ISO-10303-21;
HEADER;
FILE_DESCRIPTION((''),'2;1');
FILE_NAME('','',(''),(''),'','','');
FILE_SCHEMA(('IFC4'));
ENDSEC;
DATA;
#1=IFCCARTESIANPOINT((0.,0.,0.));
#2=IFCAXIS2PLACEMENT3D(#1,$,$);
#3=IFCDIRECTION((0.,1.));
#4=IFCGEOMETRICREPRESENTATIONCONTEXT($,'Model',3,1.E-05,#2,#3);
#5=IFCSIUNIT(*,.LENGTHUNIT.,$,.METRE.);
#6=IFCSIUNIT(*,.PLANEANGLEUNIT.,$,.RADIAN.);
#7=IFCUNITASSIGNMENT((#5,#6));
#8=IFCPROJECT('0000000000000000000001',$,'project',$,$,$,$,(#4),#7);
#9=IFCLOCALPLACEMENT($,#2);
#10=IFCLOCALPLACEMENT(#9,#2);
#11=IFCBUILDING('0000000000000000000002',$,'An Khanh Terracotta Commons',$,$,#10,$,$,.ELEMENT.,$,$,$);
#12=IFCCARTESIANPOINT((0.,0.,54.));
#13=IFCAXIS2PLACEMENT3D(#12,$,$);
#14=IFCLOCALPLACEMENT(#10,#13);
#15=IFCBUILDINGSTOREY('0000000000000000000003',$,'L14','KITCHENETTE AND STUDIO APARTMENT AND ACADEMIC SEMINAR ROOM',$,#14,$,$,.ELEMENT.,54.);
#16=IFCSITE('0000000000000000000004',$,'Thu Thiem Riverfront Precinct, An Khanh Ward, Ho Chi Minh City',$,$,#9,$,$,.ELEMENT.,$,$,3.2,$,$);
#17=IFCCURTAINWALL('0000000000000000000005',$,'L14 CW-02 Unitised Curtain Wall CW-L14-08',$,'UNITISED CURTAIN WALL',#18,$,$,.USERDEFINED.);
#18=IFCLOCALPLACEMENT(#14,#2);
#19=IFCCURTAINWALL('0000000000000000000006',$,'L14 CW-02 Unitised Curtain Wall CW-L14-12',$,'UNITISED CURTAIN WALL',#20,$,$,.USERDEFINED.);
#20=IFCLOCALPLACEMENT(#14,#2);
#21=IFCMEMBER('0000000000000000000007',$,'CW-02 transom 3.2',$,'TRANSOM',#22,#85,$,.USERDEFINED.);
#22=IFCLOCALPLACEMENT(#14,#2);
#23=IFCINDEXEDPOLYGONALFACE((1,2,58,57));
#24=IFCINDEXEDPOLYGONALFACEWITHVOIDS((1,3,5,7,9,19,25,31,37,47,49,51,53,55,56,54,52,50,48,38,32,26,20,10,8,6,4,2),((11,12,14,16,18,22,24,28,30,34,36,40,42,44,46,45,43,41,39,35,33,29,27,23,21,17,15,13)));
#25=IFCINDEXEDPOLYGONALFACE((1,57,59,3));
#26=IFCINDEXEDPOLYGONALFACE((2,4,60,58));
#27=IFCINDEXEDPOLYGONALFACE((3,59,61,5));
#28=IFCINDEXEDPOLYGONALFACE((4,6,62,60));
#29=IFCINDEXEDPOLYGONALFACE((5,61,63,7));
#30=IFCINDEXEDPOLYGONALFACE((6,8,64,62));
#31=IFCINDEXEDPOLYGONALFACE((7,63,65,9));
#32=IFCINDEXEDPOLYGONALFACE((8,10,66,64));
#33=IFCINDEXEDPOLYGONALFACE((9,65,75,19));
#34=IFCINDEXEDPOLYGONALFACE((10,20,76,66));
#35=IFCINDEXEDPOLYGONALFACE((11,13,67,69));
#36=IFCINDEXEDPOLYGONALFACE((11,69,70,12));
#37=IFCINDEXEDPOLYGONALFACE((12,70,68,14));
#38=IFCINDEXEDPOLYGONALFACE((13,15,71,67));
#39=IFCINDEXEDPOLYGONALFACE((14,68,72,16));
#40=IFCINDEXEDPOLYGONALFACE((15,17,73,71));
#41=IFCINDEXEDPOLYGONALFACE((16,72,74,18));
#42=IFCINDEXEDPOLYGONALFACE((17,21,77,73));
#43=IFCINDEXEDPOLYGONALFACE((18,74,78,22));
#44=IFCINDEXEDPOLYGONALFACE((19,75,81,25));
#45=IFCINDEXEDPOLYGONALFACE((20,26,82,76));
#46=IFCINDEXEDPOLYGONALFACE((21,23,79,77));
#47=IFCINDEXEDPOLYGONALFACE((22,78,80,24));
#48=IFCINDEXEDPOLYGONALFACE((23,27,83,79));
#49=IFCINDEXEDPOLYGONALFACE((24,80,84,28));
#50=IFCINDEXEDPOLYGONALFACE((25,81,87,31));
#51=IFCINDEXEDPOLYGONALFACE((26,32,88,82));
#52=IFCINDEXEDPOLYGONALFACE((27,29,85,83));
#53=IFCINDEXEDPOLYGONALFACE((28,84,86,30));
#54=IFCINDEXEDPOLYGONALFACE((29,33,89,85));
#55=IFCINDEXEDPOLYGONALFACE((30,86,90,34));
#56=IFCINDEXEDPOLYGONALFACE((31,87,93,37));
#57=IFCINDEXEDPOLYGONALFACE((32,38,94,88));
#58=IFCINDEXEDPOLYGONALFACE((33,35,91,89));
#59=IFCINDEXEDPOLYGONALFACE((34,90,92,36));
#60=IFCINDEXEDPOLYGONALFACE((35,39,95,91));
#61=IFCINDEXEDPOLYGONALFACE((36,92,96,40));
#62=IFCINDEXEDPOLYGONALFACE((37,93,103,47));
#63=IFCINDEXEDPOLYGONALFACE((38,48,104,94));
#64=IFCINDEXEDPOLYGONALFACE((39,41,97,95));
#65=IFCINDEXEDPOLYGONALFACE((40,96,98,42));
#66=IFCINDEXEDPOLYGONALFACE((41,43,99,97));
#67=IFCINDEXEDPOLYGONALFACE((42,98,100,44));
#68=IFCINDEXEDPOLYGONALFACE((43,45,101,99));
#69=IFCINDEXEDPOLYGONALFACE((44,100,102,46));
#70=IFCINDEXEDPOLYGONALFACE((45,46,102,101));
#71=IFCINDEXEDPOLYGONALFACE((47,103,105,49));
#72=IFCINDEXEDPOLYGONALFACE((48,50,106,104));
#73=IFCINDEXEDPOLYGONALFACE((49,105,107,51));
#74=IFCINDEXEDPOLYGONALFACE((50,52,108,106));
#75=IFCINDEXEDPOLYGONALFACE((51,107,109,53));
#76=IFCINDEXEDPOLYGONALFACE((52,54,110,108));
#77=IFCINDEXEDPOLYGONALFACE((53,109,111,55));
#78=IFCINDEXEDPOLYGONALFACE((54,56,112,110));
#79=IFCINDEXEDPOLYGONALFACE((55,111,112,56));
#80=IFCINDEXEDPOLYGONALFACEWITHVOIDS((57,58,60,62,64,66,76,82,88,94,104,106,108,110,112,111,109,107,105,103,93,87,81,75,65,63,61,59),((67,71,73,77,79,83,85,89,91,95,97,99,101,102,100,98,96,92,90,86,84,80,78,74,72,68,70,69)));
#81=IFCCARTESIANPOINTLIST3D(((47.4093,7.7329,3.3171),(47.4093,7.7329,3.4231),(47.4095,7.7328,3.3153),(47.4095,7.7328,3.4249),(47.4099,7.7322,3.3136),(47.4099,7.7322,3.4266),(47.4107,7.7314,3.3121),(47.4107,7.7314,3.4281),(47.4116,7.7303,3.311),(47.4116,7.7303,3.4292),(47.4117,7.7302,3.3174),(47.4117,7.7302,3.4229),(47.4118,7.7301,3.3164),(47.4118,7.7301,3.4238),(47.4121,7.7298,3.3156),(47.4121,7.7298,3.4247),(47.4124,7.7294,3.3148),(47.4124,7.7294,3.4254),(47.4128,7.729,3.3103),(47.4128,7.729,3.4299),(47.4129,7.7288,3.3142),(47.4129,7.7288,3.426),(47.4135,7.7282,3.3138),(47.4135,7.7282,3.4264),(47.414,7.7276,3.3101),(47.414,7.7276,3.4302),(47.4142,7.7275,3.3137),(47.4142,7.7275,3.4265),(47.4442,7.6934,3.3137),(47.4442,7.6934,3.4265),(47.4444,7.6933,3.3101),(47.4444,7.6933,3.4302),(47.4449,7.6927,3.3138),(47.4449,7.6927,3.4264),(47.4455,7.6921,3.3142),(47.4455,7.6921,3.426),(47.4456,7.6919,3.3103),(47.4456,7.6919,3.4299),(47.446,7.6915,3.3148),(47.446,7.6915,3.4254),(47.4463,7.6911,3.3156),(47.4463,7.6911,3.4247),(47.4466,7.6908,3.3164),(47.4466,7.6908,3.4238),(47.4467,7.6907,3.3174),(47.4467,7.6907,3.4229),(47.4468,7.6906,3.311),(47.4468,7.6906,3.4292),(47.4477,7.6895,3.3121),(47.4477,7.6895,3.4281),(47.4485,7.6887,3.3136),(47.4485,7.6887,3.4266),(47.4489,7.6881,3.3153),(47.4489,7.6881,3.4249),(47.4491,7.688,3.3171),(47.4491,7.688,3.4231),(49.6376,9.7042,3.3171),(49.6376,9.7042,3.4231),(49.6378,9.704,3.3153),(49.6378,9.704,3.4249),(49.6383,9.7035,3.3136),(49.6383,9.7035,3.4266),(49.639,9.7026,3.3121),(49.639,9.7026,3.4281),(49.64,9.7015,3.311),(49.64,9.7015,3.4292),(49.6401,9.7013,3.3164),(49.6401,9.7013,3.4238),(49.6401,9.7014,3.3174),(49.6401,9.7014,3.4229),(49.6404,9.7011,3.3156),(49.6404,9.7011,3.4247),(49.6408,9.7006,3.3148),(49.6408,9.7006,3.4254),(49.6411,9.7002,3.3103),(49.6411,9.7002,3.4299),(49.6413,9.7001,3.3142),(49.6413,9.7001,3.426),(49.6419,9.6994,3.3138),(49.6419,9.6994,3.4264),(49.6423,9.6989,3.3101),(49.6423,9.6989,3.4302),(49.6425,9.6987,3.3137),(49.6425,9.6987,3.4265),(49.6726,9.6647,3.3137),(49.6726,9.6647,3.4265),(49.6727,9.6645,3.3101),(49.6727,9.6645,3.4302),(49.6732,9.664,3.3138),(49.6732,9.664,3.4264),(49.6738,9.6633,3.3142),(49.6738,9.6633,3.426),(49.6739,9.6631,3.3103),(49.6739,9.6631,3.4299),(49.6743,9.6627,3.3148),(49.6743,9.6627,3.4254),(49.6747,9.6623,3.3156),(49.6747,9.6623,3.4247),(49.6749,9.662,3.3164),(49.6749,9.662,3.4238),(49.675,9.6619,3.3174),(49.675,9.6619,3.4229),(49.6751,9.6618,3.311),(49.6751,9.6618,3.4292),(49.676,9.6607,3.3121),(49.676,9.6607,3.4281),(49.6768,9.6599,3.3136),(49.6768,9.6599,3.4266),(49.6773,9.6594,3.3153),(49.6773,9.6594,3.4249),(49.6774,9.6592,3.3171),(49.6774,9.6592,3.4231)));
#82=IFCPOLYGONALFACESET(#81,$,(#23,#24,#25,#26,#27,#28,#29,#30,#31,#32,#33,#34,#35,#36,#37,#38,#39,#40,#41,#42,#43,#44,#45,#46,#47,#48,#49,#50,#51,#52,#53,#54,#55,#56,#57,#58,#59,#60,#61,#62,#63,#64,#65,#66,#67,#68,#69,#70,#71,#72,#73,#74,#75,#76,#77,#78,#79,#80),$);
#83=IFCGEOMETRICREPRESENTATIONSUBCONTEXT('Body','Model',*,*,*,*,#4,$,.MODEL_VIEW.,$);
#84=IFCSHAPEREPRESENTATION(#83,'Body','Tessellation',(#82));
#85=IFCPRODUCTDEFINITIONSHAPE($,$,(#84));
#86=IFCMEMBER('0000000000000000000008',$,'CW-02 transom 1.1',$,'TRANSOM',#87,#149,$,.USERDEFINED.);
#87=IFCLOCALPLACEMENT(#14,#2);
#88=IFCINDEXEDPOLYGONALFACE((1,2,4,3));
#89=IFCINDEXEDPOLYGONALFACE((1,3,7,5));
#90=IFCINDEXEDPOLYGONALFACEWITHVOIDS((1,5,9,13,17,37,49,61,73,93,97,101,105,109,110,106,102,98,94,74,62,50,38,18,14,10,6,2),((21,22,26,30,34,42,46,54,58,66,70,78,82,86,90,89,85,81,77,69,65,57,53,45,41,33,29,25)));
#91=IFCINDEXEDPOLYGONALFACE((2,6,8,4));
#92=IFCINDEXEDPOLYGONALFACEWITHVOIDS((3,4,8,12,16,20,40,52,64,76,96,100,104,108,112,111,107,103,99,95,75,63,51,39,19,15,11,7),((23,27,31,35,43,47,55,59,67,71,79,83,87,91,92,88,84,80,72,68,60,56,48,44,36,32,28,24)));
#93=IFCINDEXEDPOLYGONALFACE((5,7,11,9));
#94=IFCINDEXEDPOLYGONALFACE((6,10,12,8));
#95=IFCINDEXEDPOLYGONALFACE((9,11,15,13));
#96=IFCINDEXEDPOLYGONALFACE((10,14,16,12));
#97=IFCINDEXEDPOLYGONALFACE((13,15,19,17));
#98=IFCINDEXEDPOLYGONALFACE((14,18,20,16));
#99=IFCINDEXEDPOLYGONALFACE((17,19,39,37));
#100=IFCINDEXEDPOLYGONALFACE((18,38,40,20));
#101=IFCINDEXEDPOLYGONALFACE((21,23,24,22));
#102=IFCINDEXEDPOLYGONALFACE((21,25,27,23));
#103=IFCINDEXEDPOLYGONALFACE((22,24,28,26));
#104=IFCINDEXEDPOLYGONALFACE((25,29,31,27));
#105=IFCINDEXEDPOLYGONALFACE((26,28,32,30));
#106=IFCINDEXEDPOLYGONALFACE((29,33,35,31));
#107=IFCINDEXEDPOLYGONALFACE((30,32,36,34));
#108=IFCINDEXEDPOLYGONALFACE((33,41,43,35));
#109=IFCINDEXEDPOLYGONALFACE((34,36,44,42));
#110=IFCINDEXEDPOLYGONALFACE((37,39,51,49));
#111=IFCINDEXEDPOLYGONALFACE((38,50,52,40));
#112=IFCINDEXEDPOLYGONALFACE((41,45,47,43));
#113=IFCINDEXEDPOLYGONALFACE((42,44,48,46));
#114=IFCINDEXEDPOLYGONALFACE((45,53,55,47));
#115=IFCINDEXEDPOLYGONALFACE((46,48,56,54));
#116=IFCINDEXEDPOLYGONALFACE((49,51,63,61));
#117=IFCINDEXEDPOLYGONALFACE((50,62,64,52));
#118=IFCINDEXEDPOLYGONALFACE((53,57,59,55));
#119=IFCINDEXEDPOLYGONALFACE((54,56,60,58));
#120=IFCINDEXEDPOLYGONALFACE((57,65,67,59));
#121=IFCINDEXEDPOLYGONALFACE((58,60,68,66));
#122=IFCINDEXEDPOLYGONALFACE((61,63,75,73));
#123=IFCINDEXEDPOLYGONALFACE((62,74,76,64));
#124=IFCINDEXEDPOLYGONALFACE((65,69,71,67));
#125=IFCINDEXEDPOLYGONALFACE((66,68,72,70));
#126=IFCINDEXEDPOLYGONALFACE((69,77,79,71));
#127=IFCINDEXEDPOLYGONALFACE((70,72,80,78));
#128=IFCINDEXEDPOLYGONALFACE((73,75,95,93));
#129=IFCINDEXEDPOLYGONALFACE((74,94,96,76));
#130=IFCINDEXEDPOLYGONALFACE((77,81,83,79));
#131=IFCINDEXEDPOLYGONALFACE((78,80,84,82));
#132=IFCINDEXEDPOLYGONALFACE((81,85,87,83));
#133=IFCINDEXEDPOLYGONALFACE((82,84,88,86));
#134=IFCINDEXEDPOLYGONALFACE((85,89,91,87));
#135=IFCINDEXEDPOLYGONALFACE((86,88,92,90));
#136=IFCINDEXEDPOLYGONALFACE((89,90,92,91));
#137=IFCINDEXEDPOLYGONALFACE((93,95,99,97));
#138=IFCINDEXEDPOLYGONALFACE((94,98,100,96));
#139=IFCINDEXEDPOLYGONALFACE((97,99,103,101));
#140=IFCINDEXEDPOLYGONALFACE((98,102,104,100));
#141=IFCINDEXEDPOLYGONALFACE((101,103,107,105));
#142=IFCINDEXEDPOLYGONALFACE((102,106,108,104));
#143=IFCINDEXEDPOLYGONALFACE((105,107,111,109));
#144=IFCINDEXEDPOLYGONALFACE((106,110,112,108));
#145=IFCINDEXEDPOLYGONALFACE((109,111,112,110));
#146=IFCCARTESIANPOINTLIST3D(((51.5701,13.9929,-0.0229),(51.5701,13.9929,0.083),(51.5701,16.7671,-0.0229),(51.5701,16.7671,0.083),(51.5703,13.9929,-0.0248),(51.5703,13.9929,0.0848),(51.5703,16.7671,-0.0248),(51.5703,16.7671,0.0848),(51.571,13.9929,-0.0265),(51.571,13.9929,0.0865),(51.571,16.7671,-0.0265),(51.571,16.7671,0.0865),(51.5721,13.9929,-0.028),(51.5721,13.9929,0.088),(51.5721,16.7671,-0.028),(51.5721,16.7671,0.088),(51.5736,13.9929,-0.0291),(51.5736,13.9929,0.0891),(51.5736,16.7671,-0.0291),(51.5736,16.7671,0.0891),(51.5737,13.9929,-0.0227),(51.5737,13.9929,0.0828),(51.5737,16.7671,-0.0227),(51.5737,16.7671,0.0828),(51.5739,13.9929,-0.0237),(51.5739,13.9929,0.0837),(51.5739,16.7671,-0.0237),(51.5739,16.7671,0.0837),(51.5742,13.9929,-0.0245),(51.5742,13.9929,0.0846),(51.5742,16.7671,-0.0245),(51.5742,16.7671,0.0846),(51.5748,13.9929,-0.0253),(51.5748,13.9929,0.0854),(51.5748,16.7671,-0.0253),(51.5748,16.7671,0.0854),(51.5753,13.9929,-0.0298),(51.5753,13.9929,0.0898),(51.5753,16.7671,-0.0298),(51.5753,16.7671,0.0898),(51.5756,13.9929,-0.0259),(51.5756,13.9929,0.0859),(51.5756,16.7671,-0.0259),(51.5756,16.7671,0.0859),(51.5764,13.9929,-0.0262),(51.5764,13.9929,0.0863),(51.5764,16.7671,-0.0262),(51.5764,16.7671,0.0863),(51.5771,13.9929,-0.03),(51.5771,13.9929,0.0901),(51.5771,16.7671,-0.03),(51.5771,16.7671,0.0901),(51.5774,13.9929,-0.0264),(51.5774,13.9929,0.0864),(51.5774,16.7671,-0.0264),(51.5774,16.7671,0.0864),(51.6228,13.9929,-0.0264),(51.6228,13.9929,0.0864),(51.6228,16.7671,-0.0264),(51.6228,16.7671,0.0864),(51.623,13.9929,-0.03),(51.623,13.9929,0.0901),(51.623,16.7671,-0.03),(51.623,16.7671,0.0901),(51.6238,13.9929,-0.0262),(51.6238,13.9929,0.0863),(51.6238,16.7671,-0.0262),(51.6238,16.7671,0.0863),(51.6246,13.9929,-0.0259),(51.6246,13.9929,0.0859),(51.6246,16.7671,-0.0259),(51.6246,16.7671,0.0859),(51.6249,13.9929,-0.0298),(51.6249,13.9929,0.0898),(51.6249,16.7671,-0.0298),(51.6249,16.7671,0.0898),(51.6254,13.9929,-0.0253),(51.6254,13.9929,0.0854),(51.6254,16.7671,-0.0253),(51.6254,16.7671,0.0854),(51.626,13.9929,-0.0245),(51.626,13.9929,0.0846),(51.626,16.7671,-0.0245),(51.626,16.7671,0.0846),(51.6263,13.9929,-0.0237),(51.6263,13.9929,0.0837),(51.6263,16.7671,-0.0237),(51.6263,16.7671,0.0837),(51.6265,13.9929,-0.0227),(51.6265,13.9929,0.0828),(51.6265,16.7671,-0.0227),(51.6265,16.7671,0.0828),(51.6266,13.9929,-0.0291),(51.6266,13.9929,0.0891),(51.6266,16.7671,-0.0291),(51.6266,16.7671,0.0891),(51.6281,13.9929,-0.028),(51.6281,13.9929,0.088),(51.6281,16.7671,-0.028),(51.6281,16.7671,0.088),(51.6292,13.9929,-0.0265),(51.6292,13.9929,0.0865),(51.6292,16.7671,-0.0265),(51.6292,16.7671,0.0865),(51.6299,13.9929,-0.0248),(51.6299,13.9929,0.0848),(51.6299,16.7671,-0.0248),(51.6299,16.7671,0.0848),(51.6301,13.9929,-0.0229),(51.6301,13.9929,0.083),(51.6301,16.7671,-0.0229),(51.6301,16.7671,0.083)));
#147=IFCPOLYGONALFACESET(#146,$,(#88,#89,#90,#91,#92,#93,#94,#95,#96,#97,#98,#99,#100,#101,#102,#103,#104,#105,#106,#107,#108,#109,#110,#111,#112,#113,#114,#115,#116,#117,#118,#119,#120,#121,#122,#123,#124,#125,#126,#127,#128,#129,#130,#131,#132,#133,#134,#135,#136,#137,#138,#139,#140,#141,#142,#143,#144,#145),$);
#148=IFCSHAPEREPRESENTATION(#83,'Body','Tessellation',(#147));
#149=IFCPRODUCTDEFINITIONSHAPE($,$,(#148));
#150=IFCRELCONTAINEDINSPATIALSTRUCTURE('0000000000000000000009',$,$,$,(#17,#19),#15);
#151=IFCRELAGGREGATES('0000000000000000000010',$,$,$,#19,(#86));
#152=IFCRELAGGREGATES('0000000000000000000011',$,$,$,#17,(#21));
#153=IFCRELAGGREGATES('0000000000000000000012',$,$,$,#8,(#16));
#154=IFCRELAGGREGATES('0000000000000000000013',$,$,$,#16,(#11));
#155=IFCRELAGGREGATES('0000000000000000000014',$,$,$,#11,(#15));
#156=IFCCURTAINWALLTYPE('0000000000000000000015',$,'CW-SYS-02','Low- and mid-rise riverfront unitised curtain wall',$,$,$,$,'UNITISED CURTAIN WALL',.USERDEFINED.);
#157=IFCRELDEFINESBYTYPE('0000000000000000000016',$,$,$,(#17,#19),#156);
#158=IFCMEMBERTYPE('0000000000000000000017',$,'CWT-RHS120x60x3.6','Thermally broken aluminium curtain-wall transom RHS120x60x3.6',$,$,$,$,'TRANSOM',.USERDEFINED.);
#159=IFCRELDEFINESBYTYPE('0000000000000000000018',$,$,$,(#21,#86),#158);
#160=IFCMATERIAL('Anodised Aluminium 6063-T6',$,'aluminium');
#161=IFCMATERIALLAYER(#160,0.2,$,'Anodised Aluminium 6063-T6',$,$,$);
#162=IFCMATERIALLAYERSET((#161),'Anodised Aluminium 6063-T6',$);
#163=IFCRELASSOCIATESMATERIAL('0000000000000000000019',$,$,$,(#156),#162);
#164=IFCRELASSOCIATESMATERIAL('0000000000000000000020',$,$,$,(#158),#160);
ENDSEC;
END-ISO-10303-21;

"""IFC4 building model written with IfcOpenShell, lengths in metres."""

from ifc_helpers import new_model, si_unit, direction, frame, origin, origin_2d, place, context, subcontext, project, spatial, hollow_rectangle, extrude, material, layer, layer_set, material_profile, profile_set, type_object, element, aggregate, save


model = new_model("IFC4")

# Units and contexts
model_context = context("Model", 3, precision=1e-05, world=origin(), true_north=direction((0.0, 1.0)))
body_context = subcontext(model_context, "Body", "Model", "MODEL_VIEW")
ifc_project = project(units=[si_unit("LENGTHUNIT", "METRE"), si_unit("PLANEANGLEUNIT", "RADIAN")], contexts=[model_context])

# Site, building, storey
site_placement = place(None, origin())
site = spatial("IfcSite", under=ifc_project, at=site_placement, Name="Thu Thiem Riverfront Precinct, An Khanh Ward, Ho Chi Minh City", CompositionType="ELEMENT", RefElevation=3.2)
building_placement = place(site_placement, origin())
building = spatial("IfcBuilding", under=site, at=building_placement, Name="An Khanh Terracotta Commons", CompositionType="ELEMENT")
storey_placement = place(building_placement, frame((0.0, 0.0, 54.0)))
storey = spatial("IfcBuildingStorey", under=building, at=storey_placement, Name="L14", Description="KITCHENETTE AND STUDIO APARTMENT AND ACADEMIC SEMINAR ROOM", CompositionType="ELEMENT", Elevation=54.0)

# Curtain wall
ifc_material_1 = material(Name="Anodised Aluminium 6063-T6", Category="aluminium")
ifc_layer_1 = layer(ifc_material_1, 0.2, Name="Anodised Aluminium 6063-T6")
ifc_layer_set_1 = layer_set([ifc_layer_1], Name="Anodised Aluminium 6063-T6")
curtain_wall_type = type_object("IfcCurtainWallType", Name="CW-SYS-02", Description="Low- and mid-rise riverfront unitised curtain wall", ElementType="UNITISED CURTAIN WALL", PredefinedType="USERDEFINED", material=ifc_layer_set_1)
curtain_wall_1_placement = place(storey_placement, origin())
curtain_wall_1 = element("IfcCurtainWall", 1, at=curtain_wall_1_placement, inside=storey, type_object=curtain_wall_type, Name="L14 CW-02 Unitised Curtain Wall CW-L14-08", ObjectType="UNITISED CURTAIN WALL", PredefinedType="USERDEFINED")

# Curtain wall
curtain_wall_2_placement = place(storey_placement, origin())
curtain_wall_2 = element("IfcCurtainWall", 2, at=curtain_wall_2_placement, inside=storey, type_object=curtain_wall_type, Name="L14 CW-02 Unitised Curtain Wall CW-L14-12", ObjectType="UNITISED CURTAIN WALL", PredefinedType="USERDEFINED")

# Members
ifc_material_profile_1 = material_profile(ifc_material_1, hollow_rectangle(XDim=0.0601, YDim=0.1201, WallThickness=0.0037, InnerFilletRadius=0.0037, OuterFilletRadius=0.0071, at=origin_2d()), Name="RHS120x60x3.6")
ifc_profile_set_1 = profile_set([ifc_material_profile_1], Name="Anodised Aluminium 6063-T6")
member_type_1 = type_object("IfcMemberType", Name="CWT-RHS120x60x3.6", Description="Thermally broken aluminium curtain-wall transom RHS120x60x3.6", ElementType="TRANSOM", PredefinedType="USERDEFINED", material=ifc_profile_set_1)
member_1_placement = place(storey_placement, frame((47.4292, 7.7104, 3.3701), z_axis=(0.748992, 0.662579, 0.0), x_axis=(-0.662579, 0.748992, 0.0)))
member_1 = element("IfcMember", 3, at=member_1_placement, type_object=member_type_1, Name="CW-02 transom 3.2", ObjectType="TRANSOM", PredefinedType="USERDEFINED", context=body_context, shape_type="SweptSolid", body=[
    extrude(hollow_rectangle(XDim=0.0601, YDim=0.1201, WallThickness=0.0037, InnerFilletRadius=0.0037, OuterFilletRadius=0.0071, at=origin_2d()), origin(), (0.0, 0.0, 1.0), 2.9751),
])
member_2_placement = place(storey_placement, frame((51.6001, 13.9929, 0.03), z_axis=(0.0, 1.0, 0.0), x_axis=(-1.0, 0.0, 0.0)))
member_2 = element("IfcMember", 4, at=member_2_placement, type_object=member_type_1, Name="CW-02 transom 1.1", ObjectType="TRANSOM", PredefinedType="USERDEFINED", context=body_context, shape_type="SweptSolid", body=[
    extrude(hollow_rectangle(XDim=0.0601, YDim=0.1201, WallThickness=0.0037, InnerFilletRadius=0.0037, OuterFilletRadius=0.0071, at=origin_2d()), origin(), (0.0, 0.0, 1.0), 2.7742),
])
aggregate(curtain_wall_2, [member_2])

aggregate(curtain_wall_1, [member_1])

save(model, "model.ifc")
